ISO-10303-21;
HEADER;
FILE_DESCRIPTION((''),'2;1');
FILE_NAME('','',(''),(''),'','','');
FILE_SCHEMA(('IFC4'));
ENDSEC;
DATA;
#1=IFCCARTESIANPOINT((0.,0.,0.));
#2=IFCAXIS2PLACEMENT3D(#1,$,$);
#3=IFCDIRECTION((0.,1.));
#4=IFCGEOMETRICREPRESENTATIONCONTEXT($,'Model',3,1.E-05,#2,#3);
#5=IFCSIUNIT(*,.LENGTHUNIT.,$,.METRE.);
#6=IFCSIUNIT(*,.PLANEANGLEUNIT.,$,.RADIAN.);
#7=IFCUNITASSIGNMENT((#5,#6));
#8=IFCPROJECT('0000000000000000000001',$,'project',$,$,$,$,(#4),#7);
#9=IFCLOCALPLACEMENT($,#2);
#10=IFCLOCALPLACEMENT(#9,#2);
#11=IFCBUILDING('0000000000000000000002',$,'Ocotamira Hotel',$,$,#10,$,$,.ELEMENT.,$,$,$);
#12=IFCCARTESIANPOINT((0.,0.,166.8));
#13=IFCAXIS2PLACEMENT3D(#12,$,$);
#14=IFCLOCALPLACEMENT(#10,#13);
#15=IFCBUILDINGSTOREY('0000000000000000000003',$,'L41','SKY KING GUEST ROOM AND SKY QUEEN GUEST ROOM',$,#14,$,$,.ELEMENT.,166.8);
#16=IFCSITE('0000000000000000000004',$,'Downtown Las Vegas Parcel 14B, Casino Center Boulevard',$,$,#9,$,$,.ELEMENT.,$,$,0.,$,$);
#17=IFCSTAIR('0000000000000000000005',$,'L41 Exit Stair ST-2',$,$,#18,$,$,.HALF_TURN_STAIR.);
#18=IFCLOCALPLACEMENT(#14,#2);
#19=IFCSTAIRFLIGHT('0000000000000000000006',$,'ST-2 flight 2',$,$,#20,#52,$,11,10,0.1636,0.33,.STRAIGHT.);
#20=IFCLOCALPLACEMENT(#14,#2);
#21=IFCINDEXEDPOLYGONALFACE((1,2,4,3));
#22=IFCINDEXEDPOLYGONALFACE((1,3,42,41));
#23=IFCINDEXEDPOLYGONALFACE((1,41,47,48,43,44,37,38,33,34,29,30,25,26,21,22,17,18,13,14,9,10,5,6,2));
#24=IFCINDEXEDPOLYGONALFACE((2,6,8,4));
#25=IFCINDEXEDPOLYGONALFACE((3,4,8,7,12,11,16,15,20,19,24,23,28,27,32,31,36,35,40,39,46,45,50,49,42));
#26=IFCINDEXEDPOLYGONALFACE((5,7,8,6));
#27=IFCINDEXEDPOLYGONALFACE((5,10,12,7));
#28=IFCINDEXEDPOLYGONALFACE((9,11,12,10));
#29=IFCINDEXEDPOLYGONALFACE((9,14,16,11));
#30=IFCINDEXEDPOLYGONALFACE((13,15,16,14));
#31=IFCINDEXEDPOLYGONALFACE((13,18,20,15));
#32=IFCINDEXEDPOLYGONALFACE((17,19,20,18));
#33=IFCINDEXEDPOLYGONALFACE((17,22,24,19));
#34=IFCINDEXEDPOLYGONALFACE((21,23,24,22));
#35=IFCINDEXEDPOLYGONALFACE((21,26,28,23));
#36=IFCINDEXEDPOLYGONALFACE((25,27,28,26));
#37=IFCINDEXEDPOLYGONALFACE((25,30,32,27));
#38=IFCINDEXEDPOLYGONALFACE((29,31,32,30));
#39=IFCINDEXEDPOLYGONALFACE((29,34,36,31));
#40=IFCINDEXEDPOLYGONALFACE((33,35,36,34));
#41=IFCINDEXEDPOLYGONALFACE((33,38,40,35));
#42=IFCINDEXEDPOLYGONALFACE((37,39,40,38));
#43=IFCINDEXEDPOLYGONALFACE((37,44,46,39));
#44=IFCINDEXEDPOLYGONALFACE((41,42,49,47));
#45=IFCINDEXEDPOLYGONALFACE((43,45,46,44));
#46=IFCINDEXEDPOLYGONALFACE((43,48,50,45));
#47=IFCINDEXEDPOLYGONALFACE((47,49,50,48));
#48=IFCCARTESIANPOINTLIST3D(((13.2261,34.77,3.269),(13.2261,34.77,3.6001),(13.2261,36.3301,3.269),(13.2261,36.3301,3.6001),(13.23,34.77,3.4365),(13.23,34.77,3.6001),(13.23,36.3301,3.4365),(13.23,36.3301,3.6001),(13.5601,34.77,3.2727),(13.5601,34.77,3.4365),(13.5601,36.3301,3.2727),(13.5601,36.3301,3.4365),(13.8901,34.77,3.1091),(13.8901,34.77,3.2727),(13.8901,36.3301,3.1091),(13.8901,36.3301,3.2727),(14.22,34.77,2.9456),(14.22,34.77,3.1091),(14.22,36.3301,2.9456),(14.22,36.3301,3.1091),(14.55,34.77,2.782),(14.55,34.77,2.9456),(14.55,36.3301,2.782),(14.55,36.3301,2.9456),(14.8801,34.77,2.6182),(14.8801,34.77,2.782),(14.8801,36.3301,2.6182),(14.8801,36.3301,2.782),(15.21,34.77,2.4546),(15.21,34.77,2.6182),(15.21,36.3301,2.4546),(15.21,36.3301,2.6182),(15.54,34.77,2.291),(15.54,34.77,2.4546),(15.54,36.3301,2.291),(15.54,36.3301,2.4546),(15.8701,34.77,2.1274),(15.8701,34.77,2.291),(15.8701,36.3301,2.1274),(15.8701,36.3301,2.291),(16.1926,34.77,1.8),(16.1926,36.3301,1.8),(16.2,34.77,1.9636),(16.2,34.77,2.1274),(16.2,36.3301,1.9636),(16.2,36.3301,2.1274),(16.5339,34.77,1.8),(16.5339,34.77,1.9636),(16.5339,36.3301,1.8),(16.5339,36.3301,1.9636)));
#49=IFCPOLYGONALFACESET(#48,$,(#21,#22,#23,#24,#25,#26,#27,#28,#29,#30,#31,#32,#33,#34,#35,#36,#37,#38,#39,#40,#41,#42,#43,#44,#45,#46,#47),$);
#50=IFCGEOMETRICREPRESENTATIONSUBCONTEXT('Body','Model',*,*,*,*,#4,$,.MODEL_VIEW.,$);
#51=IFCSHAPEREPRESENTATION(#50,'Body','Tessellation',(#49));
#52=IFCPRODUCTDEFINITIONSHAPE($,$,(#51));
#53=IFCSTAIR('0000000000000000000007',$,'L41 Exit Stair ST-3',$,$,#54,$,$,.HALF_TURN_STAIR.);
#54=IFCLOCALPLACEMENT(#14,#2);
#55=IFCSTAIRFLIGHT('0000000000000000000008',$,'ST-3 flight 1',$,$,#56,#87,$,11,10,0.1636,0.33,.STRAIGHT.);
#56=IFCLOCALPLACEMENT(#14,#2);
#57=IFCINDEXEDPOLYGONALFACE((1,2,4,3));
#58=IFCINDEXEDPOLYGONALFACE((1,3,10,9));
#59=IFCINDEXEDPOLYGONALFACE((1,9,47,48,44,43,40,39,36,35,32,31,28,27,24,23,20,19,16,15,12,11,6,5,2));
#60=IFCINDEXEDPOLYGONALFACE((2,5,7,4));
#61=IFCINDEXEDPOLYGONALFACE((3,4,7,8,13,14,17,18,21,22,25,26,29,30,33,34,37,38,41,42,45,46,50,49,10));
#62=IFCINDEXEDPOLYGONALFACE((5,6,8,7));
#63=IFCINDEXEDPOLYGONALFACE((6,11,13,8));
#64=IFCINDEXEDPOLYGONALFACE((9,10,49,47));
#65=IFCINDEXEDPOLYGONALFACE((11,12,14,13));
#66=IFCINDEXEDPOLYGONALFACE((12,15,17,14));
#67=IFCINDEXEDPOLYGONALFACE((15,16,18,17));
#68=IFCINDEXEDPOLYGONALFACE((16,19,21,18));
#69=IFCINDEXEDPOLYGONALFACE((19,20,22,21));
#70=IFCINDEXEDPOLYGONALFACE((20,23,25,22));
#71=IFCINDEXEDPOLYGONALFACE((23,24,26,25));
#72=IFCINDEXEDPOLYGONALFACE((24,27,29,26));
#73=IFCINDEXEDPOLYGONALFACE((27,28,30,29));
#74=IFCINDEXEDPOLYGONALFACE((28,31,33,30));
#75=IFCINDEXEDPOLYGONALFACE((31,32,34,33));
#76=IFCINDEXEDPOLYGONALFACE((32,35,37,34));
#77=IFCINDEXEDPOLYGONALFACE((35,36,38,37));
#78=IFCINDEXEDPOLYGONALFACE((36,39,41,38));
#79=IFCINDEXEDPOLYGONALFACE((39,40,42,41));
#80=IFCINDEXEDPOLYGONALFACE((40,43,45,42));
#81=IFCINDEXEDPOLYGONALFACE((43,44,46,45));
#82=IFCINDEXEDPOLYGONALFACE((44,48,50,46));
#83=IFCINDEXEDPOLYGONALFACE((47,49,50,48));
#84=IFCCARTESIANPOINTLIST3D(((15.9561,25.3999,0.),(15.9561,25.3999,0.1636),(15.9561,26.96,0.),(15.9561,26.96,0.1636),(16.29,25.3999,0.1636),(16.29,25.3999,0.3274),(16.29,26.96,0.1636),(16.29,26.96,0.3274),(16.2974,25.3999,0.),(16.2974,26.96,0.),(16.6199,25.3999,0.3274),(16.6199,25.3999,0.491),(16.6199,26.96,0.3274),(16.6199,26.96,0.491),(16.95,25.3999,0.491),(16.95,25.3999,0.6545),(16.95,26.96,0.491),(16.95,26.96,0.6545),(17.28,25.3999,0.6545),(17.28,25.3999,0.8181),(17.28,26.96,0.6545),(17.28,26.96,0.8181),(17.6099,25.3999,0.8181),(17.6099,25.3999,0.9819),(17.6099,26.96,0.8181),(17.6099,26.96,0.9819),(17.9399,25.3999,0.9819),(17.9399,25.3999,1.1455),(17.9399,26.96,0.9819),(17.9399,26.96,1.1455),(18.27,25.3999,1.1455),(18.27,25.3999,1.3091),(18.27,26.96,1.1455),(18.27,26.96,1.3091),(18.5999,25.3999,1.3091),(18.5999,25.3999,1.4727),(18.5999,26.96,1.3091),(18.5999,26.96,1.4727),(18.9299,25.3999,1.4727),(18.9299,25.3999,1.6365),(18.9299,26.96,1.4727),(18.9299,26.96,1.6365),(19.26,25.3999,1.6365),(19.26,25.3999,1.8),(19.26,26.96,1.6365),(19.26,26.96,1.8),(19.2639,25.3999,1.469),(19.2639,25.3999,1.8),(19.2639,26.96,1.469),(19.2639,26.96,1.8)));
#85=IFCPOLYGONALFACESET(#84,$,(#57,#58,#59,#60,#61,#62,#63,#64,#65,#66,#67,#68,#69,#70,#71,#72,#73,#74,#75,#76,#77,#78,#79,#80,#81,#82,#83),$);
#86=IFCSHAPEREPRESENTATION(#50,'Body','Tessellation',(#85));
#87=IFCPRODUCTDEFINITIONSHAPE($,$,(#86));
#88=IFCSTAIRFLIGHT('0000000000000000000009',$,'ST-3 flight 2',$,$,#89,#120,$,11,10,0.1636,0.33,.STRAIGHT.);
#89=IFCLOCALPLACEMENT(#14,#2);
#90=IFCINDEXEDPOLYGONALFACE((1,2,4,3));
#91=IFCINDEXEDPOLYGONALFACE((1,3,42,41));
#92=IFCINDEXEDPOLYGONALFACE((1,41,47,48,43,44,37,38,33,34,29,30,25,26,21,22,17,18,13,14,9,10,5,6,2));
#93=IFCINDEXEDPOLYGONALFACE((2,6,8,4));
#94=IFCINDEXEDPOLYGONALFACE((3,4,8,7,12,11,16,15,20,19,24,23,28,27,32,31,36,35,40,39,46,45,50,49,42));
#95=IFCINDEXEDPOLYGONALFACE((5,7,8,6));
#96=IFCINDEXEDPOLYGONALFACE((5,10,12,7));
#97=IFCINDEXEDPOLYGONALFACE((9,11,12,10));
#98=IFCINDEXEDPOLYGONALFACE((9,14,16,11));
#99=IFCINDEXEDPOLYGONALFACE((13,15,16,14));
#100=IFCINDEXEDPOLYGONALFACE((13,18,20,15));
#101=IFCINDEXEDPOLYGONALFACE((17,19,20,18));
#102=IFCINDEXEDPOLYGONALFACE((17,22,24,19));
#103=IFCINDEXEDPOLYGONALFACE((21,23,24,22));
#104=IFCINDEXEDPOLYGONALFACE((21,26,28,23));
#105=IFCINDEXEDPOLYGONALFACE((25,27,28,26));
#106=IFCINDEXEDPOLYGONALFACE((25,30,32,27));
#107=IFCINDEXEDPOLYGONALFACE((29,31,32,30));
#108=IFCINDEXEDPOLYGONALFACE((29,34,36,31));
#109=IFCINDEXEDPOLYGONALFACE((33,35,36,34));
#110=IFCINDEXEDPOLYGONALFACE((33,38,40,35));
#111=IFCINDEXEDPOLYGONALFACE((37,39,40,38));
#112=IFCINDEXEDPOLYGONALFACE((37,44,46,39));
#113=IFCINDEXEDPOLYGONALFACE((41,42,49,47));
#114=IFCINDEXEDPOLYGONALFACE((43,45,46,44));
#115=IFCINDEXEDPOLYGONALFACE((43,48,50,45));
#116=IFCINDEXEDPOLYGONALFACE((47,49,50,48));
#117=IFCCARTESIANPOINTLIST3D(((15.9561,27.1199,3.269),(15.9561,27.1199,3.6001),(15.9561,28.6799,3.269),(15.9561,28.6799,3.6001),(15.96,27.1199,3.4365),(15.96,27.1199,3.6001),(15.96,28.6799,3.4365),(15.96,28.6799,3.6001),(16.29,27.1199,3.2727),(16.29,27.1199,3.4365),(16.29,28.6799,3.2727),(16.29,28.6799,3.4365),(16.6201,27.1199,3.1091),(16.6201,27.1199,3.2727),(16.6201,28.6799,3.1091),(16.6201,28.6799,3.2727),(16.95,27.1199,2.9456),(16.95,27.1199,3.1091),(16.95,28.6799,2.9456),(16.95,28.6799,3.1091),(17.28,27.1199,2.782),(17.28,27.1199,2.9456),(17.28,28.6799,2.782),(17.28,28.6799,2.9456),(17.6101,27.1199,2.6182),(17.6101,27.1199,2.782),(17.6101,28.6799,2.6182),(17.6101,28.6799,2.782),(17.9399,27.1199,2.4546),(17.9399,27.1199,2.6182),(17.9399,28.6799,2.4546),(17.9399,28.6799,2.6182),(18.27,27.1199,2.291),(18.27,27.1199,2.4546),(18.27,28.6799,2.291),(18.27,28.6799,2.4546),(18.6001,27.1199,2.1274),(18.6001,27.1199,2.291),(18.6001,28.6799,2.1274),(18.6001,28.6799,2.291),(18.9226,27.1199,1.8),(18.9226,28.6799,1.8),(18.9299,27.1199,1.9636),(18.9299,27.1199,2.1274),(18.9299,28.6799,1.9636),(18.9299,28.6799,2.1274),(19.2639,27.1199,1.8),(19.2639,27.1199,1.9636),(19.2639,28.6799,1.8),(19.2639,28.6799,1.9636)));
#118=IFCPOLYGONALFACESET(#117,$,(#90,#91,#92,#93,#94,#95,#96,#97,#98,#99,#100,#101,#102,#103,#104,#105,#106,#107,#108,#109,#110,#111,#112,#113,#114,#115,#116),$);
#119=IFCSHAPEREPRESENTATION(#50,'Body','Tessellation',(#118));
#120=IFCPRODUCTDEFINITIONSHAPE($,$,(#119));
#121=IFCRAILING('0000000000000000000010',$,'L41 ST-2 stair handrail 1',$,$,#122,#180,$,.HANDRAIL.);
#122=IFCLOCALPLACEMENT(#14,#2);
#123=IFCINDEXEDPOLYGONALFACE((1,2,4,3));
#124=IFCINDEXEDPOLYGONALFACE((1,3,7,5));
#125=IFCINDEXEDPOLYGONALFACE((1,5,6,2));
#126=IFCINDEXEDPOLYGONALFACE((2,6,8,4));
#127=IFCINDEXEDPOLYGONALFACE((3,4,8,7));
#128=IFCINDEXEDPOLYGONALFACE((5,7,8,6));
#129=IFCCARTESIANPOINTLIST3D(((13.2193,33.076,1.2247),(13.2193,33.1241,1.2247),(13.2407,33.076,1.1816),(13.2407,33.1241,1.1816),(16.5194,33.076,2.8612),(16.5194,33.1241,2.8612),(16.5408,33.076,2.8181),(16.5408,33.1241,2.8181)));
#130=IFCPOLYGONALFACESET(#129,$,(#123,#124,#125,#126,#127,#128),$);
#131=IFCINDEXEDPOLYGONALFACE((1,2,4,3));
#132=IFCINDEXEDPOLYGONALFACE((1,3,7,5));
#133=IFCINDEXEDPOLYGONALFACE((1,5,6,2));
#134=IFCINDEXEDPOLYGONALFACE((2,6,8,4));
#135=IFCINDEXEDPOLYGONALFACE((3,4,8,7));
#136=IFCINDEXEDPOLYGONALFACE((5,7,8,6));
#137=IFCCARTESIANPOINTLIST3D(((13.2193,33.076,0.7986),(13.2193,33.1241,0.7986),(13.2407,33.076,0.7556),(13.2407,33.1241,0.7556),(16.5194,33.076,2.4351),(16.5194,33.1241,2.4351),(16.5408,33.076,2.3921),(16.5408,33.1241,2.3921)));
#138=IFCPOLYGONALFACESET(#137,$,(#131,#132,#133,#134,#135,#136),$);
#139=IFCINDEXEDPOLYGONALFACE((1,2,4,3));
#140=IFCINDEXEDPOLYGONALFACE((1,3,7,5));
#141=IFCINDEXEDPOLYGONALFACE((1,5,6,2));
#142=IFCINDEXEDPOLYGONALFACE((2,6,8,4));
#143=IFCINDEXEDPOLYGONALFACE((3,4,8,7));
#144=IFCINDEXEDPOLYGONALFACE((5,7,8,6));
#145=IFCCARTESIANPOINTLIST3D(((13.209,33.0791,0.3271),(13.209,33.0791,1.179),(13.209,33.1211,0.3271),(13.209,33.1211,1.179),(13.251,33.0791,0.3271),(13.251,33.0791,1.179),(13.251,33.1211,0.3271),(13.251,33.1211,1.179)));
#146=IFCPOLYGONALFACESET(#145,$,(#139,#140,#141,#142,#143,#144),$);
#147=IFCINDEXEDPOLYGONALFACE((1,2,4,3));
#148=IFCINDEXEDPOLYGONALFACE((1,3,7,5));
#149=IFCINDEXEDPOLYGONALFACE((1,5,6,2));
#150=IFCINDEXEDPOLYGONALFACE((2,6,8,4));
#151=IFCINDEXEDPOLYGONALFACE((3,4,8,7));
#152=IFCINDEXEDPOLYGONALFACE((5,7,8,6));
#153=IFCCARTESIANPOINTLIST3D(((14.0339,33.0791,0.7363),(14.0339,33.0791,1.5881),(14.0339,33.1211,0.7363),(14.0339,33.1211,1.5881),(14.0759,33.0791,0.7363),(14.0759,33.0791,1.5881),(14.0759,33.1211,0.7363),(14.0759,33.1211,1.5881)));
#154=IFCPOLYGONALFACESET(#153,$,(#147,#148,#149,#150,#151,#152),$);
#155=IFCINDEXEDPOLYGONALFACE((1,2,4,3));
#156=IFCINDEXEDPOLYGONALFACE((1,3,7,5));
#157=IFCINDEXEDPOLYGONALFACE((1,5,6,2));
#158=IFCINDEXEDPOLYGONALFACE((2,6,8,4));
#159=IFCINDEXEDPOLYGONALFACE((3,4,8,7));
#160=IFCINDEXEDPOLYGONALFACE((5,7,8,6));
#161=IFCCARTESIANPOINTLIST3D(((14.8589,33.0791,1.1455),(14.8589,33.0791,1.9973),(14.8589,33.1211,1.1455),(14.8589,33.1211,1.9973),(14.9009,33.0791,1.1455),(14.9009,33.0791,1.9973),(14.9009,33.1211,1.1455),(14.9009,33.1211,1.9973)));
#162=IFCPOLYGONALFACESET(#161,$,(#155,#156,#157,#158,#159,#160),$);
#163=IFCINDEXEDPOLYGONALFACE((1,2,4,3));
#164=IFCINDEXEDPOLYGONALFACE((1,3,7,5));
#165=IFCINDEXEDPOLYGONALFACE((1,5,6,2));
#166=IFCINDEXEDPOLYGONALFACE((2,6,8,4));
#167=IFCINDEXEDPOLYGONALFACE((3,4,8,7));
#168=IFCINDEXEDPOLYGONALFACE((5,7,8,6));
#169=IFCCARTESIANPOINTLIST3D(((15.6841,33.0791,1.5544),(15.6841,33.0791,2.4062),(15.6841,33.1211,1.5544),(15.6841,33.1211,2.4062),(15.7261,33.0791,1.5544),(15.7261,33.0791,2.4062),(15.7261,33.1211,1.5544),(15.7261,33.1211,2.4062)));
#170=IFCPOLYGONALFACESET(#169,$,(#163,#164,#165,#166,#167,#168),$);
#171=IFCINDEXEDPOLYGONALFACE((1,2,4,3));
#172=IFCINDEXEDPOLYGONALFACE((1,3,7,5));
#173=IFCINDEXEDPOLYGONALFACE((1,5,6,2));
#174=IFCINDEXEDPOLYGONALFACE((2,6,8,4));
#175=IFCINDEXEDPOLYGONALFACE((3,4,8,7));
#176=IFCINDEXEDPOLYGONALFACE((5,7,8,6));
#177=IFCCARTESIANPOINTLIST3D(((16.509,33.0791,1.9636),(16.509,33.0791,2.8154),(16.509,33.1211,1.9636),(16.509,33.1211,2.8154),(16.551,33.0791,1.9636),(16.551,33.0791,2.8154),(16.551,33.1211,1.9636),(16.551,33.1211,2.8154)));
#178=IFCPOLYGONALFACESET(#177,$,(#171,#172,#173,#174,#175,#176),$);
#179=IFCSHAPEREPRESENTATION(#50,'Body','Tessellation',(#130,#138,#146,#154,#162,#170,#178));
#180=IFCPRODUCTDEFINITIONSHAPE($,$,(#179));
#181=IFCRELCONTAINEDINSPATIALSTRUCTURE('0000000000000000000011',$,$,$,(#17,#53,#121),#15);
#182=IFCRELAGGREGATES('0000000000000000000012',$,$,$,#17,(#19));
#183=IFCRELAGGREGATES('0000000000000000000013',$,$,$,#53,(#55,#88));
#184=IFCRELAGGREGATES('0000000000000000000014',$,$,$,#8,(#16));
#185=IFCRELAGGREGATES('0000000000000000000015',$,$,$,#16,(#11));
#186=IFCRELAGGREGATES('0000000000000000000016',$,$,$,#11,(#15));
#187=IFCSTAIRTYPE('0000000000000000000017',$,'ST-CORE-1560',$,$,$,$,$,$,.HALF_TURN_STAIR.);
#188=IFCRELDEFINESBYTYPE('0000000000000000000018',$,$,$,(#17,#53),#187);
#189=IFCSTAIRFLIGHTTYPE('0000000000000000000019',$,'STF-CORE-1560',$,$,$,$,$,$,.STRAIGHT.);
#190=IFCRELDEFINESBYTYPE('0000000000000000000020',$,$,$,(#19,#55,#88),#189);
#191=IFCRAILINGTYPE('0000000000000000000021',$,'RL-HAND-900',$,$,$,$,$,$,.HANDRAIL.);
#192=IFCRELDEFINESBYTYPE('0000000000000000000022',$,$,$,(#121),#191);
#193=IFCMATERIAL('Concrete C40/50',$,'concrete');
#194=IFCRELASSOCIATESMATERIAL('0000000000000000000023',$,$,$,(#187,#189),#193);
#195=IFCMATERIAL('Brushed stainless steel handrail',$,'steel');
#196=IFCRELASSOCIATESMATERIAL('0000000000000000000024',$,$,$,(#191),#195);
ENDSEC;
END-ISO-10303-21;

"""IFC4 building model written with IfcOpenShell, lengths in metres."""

from ifc_helpers import new_model, si_unit, direction, frame, origin, origin_2d, place, context, subcontext, project, spatial, polyline, rectangle, outline, extrude, source, transform, mapped, material, type_object, element, aggregate, save


model = new_model("IFC4")

# Units and contexts
model_context = context("Model", 3, precision=1e-05, world=origin(), true_north=direction((0.0, 1.0)))
body_context = subcontext(model_context, "Body", "Model", "MODEL_VIEW")
ifc_project = project(units=[si_unit("LENGTHUNIT", "METRE"), si_unit("PLANEANGLEUNIT", "RADIAN")], contexts=[model_context])

# Site, building, storey
site_placement = place(None, origin())
site = spatial("IfcSite", under=ifc_project, at=site_placement, Name="Downtown Las Vegas Parcel 14B, Casino Center Boulevard", CompositionType="ELEMENT", RefElevation=0.0)
building_placement = place(site_placement, origin())
building = spatial("IfcBuilding", under=site, at=building_placement, Name="Ocotamira Hotel", CompositionType="ELEMENT")
storey_placement = place(building_placement, frame((0.0, 0.0, 166.8)))
storey = spatial("IfcBuildingStorey", under=building, at=storey_placement, Name="L41", Description="SKY KING GUEST ROOM AND SKY QUEEN GUEST ROOM", CompositionType="ELEMENT", Elevation=166.8)

# Stairs, stair flights
ifc_material_1 = material(Name="Concrete C40/50", Category="concrete")
stair_type = type_object("IfcStairType", Name="ST-CORE-1560", PredefinedType="HALF_TURN_STAIR", material=ifc_material_1)
stair_1_placement = place(storey_placement, origin())
stair_1 = element("IfcStair", 1, at=stair_1_placement, inside=storey, type_object=stair_type, Name="L41 Exit Stair ST-2", PredefinedType="HALF_TURN_STAIR")
stair_flight_type = type_object("IfcStairFlightType", Name="STF-CORE-1560", PredefinedType="STRAIGHT", material=ifc_material_1)
shared_shape_1 = source(origin(), body_context, "Body", "SweptSolid", [
    extrude(outline(polyline([(-0.0039, 0.0), (-0.0039, 0.1636), (0.3301, 0.1636), (0.3301, 0.3274), (0.6599, 0.3274), (0.6599, 0.491), (0.99, 0.491), (0.99, 0.6545), (1.3201, 0.6545), (1.3201, 0.8181), (1.6499, 0.8181), (1.6499, 0.9819), (1.98, 0.9819), (1.98, 1.1455), (2.3101, 1.1455), (2.3101, 1.3091), (2.6399, 1.3091), (2.6399, 1.4727), (2.97, 1.4727), (2.97, 1.6365), (3.3, 1.6365), (3.3, 1.8), (3.304, 1.8), (3.304, 1.469), (0.3374, 0.0), (-0.0039, 0.0)])), frame((0.0, 0.78, 0.0), z_axis=(0.0, -1.0, 0.0), x_axis=(1.0, 0.0, 0.0)), (0.0, 0.0, 1.0), 1.5601),
])
stair_flight_1_placement = place(storey_placement, frame((16.53, 35.55, 1.8), z_axis=(0.0, 0.0, 1.0), x_axis=(-1.0, 0.0, 0.0)))
stair_flight_1 = element("IfcStairFlight", 2, at=stair_flight_1_placement, type_object=stair_flight_type, Name="ST-2 flight 2", NumberOfRisers=11, NumberOfTreads=10, PredefinedType="STRAIGHT", RiserHeight=0.1636, TreadLength=0.33, context=body_context, shape_type="MappedRepresentation", body=[
    mapped(shared_shape_1, transform((0.0, 0.0, 0.0), scale=1.0)),
])
aggregate(stair_1, [stair_flight_1])
stair_2_placement = place(storey_placement, origin())
stair_2 = element("IfcStair", 3, at=stair_2_placement, inside=storey, type_object=stair_type, Name="L41 Exit Stair ST-3", PredefinedType="HALF_TURN_STAIR")
stair_flight_2_placement = place(storey_placement, frame((15.96, 26.1799, 0.0), z_axis=(0.0, 0.0, 1.0), x_axis=(1.0, 0.0, 0.0)))
stair_flight_2 = element("IfcStairFlight", 4, at=stair_flight_2_placement, type_object=stair_flight_type, Name="ST-3 flight 1", NumberOfRisers=11, NumberOfTreads=10, PredefinedType="STRAIGHT", RiserHeight=0.1636, TreadLength=0.33, context=body_context, shape_type="MappedRepresentation", body=[
    mapped(shared_shape_1, transform((0.0, 0.0, 0.0), scale=1.0)),
])
stair_flight_3_placement = place(storey_placement, frame((19.26, 27.8999, 1.8), z_axis=(0.0, 0.0, 1.0), x_axis=(-1.0, 0.0, 0.0)))
stair_flight_3 = element("IfcStairFlight", 5, at=stair_flight_3_placement, type_object=stair_flight_type, Name="ST-3 flight 2", NumberOfRisers=11, NumberOfTreads=10, PredefinedType="STRAIGHT", RiserHeight=0.1636, TreadLength=0.33, context=body_context, shape_type="MappedRepresentation", body=[
    mapped(shared_shape_1, transform((0.0, 0.0, 0.0), scale=1.0)),
])
aggregate(stair_2, [stair_flight_2, stair_flight_3])

# Railing
ifc_material_2 = material(Name="Brushed stainless steel handrail", Category="steel")
railing_type_1 = type_object("IfcRailingType", Name="RL-HAND-900", PredefinedType="HANDRAIL", material=ifc_material_2)
railing_1_placement = place(storey_placement, frame((13.23, 33.1001, 0.3271)))
element("IfcRailing", 6, at=railing_1_placement, inside=storey, type_object=railing_type_1, Name="L41 ST-2 stair handrail 1", PredefinedType="HANDRAIL", context=body_context, shape_type="SweptSolid", body=[
    extrude(rectangle(XDim=0.0481, YDim=0.0481, at=origin_2d()), frame((0.0, 0.0, 0.876), z_axis=(0.895894, 0.0, 0.444268), x_axis=(0.0, 1.0, 0.0)), (0.0, 0.0, 1.0), 3.6836),
    extrude(rectangle(XDim=0.0481, YDim=0.0481, at=origin_2d()), frame((0.0, 0.0, 0.45), z_axis=(0.895894, 0.0, 0.444268), x_axis=(0.0, 1.0, 0.0)), (0.0, 0.0, 1.0), 3.6836),
    extrude(rectangle(XDim=0.042, YDim=0.042, at=origin_2d()), origin(), (0.0, 0.0, 1.0), 0.8518),
    extrude(rectangle(XDim=0.042, YDim=0.042, at=origin_2d()), frame((0.825, 0.0, 0.4092)), (0.0, 0.0, 1.0), 0.8518),
    extrude(rectangle(XDim=0.042, YDim=0.042, at=origin_2d()), frame((1.6499, 0.0, 0.8184)), (0.0, 0.0, 1.0), 0.8518),
    extrude(rectangle(XDim=0.042, YDim=0.042, at=origin_2d()), frame((2.4751, 0.0, 1.2273)), (0.0, 0.0, 1.0), 0.8518),
    extrude(rectangle(XDim=0.042, YDim=0.042, at=origin_2d()), frame((3.3, 0.0, 1.6365)), (0.0, 0.0, 1.0), 0.8518),
])

save(model, "model.ifc")
